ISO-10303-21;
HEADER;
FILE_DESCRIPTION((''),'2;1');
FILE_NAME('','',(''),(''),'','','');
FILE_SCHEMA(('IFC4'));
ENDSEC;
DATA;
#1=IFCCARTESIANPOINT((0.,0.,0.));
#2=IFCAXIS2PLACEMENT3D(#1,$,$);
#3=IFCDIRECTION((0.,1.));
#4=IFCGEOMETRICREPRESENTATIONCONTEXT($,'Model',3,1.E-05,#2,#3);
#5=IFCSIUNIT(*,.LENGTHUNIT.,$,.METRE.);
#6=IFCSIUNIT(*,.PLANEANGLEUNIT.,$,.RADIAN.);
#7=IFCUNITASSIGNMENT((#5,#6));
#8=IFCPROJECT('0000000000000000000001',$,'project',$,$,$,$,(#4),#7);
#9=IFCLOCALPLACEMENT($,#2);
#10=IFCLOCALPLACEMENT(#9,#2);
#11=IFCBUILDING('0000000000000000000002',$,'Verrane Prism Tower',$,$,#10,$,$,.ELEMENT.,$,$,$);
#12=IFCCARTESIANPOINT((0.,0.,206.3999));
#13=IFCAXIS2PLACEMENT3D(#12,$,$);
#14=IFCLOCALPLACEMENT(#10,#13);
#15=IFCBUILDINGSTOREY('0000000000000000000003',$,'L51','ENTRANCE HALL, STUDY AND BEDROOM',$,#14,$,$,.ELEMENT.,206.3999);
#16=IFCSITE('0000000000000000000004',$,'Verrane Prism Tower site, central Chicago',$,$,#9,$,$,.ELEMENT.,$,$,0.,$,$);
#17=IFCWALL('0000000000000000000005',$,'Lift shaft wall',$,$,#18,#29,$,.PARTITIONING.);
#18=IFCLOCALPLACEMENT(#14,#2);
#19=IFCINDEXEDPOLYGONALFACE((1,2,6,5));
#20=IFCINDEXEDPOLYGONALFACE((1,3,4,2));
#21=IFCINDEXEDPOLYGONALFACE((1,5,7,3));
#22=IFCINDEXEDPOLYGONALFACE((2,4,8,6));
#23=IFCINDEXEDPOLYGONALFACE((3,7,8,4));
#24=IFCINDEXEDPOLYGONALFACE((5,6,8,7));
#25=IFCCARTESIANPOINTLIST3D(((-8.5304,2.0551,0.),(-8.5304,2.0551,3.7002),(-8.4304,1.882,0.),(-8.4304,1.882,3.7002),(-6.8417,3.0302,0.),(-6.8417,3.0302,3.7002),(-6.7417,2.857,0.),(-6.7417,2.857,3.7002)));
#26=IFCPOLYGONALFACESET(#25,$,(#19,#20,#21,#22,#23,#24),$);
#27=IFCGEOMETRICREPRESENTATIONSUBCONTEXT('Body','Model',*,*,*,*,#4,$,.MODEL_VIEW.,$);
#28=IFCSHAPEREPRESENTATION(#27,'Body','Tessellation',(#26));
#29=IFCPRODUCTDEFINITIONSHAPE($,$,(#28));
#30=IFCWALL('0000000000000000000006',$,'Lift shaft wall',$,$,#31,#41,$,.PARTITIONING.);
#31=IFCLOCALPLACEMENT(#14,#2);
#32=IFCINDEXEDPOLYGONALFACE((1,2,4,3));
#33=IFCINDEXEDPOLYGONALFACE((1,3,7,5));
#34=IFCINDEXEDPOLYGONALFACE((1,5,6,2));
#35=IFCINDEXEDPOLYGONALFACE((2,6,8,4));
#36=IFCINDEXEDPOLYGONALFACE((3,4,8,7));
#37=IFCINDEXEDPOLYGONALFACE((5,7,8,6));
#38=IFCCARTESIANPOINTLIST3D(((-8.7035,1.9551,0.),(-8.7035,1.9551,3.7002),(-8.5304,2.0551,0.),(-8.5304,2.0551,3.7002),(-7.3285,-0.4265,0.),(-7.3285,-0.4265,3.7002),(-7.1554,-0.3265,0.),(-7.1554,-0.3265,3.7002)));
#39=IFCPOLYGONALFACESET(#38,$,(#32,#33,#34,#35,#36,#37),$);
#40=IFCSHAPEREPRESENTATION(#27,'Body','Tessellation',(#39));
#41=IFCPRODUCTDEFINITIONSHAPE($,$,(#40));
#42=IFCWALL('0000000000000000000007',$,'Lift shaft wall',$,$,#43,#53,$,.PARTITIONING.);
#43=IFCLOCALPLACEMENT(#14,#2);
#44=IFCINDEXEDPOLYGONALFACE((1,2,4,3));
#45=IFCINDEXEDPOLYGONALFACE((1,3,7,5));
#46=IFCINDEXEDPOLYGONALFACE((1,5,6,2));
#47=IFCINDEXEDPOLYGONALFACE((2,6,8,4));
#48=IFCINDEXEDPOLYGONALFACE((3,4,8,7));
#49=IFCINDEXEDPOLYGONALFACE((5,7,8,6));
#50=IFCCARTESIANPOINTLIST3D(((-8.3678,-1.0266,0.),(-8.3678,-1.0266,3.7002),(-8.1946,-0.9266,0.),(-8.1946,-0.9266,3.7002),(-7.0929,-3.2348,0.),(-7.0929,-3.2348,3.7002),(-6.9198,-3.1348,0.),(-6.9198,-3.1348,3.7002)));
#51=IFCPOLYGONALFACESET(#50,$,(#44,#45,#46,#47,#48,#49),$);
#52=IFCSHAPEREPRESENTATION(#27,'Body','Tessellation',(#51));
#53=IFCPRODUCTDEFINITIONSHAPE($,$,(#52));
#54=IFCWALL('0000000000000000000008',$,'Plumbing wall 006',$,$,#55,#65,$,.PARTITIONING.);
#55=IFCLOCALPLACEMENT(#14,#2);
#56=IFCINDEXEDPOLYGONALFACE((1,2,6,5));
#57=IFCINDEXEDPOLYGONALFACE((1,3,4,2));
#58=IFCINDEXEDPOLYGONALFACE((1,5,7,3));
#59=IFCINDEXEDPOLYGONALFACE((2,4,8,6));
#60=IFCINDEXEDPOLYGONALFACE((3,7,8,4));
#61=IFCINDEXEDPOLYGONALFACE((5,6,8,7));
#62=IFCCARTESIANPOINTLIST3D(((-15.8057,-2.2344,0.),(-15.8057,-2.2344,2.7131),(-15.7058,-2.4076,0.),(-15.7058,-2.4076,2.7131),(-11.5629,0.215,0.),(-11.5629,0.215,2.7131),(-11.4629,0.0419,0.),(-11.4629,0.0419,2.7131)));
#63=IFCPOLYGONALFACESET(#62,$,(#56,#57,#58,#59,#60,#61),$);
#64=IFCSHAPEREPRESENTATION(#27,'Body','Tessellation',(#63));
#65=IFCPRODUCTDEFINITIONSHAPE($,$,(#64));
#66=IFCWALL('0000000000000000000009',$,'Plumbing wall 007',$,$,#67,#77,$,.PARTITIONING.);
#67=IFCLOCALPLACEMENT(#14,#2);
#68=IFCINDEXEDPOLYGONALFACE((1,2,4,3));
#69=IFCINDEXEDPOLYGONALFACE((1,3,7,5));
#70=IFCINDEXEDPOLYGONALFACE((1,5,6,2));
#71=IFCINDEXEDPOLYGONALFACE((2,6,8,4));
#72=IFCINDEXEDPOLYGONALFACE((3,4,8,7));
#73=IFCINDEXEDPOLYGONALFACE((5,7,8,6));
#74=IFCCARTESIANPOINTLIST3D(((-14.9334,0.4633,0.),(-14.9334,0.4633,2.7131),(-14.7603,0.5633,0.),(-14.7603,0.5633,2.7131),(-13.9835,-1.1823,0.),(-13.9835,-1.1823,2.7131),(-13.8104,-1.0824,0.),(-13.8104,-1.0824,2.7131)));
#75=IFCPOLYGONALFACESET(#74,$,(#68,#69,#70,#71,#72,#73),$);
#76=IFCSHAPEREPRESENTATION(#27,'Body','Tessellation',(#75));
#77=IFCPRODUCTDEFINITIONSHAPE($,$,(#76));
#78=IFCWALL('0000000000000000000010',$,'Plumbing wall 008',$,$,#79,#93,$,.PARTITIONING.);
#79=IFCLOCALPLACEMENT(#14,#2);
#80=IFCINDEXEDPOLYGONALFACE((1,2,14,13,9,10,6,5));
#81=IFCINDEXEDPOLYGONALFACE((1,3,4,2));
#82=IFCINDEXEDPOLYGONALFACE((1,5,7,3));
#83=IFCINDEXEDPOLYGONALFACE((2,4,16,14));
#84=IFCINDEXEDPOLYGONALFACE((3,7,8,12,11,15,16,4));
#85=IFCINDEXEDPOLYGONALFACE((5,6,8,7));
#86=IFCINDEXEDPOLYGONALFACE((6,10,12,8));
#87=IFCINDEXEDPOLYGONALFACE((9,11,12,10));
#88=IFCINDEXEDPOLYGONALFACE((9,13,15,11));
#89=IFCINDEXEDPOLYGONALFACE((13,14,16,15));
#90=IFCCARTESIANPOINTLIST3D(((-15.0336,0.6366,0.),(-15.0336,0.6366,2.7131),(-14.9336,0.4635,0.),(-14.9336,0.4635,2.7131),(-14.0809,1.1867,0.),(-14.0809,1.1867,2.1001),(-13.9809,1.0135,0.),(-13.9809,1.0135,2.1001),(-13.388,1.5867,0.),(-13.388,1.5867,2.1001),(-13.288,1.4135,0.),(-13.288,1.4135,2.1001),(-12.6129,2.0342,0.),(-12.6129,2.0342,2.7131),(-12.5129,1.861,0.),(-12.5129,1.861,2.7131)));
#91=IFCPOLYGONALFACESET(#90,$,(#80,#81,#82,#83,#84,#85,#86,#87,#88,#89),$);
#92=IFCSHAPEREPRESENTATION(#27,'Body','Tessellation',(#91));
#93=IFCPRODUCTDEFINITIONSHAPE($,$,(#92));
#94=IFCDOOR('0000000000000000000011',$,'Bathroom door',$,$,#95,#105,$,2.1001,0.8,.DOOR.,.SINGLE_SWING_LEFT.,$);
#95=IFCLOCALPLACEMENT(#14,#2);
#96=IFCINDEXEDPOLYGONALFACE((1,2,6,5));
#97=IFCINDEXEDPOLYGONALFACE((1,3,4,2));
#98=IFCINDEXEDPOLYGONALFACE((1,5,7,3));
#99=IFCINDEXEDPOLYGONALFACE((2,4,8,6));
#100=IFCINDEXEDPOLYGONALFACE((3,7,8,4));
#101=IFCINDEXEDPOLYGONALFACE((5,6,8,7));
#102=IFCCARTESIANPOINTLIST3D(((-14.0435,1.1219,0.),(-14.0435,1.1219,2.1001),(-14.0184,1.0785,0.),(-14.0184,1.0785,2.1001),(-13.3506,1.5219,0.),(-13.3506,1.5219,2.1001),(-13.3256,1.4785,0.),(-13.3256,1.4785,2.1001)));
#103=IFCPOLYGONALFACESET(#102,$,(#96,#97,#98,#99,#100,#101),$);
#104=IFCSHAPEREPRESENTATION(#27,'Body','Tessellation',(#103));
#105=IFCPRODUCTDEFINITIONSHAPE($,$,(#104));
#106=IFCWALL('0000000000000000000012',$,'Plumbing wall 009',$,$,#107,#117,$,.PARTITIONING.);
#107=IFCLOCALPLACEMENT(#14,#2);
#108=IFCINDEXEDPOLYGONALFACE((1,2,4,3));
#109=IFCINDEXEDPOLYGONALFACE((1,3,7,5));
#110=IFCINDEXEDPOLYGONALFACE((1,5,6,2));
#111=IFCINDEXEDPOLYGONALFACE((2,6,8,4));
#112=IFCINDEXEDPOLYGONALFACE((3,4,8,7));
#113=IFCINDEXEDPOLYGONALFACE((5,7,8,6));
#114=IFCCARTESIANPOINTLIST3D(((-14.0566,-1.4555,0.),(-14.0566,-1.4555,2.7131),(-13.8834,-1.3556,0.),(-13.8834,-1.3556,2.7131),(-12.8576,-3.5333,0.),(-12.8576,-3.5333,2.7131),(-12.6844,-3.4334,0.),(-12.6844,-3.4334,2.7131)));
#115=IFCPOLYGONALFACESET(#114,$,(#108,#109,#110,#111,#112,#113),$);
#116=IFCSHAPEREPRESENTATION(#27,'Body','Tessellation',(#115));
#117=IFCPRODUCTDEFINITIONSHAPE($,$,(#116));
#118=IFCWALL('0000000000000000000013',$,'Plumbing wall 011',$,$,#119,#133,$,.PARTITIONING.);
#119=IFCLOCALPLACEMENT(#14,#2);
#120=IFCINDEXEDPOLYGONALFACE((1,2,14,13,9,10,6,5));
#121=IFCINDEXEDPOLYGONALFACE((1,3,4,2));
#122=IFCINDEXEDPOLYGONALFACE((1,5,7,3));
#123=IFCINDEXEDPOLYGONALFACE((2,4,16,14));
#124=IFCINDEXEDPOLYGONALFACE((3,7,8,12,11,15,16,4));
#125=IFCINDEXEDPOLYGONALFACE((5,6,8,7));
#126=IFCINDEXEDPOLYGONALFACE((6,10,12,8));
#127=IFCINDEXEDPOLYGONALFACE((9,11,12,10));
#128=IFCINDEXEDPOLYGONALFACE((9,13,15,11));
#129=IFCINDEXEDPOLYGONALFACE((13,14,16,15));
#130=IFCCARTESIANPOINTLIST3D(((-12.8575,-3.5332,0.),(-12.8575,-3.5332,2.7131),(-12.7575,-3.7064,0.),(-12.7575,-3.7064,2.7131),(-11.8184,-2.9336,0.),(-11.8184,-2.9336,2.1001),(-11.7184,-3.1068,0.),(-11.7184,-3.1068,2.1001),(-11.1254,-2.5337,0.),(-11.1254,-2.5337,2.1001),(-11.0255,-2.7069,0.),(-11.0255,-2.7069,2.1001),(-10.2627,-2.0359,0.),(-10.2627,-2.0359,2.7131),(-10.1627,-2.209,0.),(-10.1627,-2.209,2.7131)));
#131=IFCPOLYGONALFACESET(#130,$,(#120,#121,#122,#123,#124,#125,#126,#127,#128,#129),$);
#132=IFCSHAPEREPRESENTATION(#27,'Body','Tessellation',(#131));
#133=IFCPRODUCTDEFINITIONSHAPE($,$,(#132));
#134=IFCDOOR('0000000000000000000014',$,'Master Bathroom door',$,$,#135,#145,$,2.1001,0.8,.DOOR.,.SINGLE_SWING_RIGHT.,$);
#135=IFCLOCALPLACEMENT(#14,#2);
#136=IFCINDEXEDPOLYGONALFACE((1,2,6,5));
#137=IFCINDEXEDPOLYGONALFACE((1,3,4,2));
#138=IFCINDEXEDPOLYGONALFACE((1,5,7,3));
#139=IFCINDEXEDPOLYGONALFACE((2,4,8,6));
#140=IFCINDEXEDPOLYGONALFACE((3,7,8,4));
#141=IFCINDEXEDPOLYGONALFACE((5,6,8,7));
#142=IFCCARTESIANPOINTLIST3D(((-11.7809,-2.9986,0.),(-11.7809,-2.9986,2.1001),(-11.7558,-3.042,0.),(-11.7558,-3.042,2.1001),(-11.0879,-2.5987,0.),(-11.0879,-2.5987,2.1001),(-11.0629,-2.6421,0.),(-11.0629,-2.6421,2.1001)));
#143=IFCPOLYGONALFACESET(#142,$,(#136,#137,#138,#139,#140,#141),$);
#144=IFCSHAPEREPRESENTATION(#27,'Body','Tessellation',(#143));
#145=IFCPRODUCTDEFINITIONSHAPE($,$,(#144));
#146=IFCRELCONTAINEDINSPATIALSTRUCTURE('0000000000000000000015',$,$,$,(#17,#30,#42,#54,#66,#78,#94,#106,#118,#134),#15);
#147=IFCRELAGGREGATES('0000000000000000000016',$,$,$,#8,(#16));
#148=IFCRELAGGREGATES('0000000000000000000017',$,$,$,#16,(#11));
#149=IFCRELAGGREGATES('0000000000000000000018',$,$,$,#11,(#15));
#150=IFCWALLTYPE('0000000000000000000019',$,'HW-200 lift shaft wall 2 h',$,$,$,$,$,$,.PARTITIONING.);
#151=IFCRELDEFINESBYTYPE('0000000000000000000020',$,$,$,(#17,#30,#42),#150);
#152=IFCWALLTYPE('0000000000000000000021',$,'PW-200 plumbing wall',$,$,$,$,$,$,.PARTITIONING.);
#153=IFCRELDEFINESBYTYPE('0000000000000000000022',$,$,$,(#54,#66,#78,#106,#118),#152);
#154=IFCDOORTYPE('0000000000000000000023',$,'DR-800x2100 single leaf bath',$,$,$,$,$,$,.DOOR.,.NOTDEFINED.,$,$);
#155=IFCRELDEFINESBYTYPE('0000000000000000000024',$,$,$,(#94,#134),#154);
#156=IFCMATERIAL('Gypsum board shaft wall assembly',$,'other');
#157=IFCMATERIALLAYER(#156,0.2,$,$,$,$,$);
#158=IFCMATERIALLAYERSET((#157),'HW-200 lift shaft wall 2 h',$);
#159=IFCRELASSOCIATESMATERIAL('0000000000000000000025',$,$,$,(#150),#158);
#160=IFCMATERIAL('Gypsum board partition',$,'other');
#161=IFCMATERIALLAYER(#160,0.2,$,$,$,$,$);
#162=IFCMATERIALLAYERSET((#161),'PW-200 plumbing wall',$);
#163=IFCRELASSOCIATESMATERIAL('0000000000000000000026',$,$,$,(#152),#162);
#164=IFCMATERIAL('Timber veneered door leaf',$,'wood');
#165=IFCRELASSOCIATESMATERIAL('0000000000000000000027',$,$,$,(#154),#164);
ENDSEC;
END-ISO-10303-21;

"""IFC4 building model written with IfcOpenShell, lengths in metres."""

from ifc_helpers import new_model, si_unit, direction, frame, frame_2d, origin, place, context, subcontext, project, spatial, rectangle, extrude, material, layer, layer_set, type_object, element, fill, save


model = new_model("IFC4")

# Units and contexts
model_context = context("Model", 3, precision=1e-05, world=origin(), true_north=direction((0.0, 1.0)))
body_context = subcontext(model_context, "Body", "Model", "MODEL_VIEW")
ifc_project = project(units=[si_unit("LENGTHUNIT", "METRE"), si_unit("PLANEANGLEUNIT", "RADIAN")], contexts=[model_context])

# Site, building, storey
site_placement = place(None, origin())
site = spatial("IfcSite", under=ifc_project, at=site_placement, Name="Verrane Prism Tower site, central Chicago", CompositionType="ELEMENT", RefElevation=0.0)
building_placement = place(site_placement, origin())
building = spatial("IfcBuilding", under=site, at=building_placement, Name="Verrane Prism Tower", CompositionType="ELEMENT")
storey_placement = place(building_placement, frame((0.0, 0.0, 206.3999)))
storey = spatial("IfcBuildingStorey", under=building, at=storey_placement, Name="L51", Description="ENTRANCE HALL, STUDY AND BEDROOM", CompositionType="ELEMENT", Elevation=206.3999)

# Walls
ifc_material_1 = material(Name="Gypsum board shaft wall assembly", Category="other")
ifc_layer_1 = layer(ifc_material_1, 0.2)
ifc_layer_set_1 = layer_set([ifc_layer_1], Name="HW-200 lift shaft wall 2 h")
wall_type_1 = type_object("IfcWallType", Name="HW-200 lift shaft wall 2 h", PredefinedType="PARTITIONING", material=ifc_layer_set_1)
wall_1_placement = place(storey_placement, frame((-8.4805, 1.9685, 0.0), z_axis=(0.0, 0.0, 1.0), x_axis=(0.866, 0.500044, 0.0)))
element("IfcWall", 1, at=wall_1_placement, inside=storey, type_object=wall_type_1, Name="Lift shaft wall", PredefinedType="PARTITIONING", context=body_context, shape_type="SweptSolid", body=[
    extrude(rectangle(XDim=1.95, YDim=0.2, at=frame_2d((0.9751, 0.0))), origin(), (0.0, 0.0, 1.0), 3.7002),
])
wall_2_placement = place(storey_placement, frame((-7.2419, -0.3765, 0.0), z_axis=(0.0, 0.0, 1.0), x_axis=(-0.499997, 0.866027, 0.0)))
element("IfcWall", 2, at=wall_2_placement, inside=storey, type_object=wall_type_1, Name="Lift shaft wall", PredefinedType="PARTITIONING", context=body_context, shape_type="SweptSolid", body=[
    extrude(rectangle(XDim=2.75, YDim=0.2, at=frame_2d((1.375, 0.0))), origin(), (0.0, 0.0, 1.0), 3.7002),
])
wall_3_placement = place(storey_placement, frame((-7.0063, -3.1848, 0.0), z_axis=(0.0, 0.0, 1.0), x_axis=(-0.49999, 0.866031, 0.0)))
element("IfcWall", 3, at=wall_3_placement, inside=storey, type_object=wall_type_1, Name="Lift shaft wall", PredefinedType="PARTITIONING", context=body_context, shape_type="SweptSolid", body=[
    extrude(rectangle(XDim=2.5498, YDim=0.2, at=frame_2d((1.2749, 0.0))), origin(), (0.0, 0.0, 1.0), 3.7002),
])
ifc_material_2 = material(Name="Gypsum board partition", Category="other")
ifc_layer_2 = layer(ifc_material_2, 0.2)
ifc_layer_set_2 = layer_set([ifc_layer_2], Name="PW-200 plumbing wall")
wall_type_2 = type_object("IfcWallType", Name="PW-200 plumbing wall", PredefinedType="PARTITIONING", material=ifc_layer_set_2)
wall_4_placement = place(storey_placement, frame((-15.7559, -2.321, 0.0), z_axis=(0.0, 0.0, 1.0), x_axis=(0.866042, 0.499971, 0.0)))
element("IfcWall", 4, at=wall_4_placement, inside=storey, type_object=wall_type_2, Name="Plumbing wall 006", PredefinedType="PARTITIONING", context=body_context, shape_type="SweptSolid", body=[
    extrude(rectangle(XDim=4.8992, YDim=0.2, at=frame_2d((2.4497, 0.0))), origin(), (0.0, 0.0, 1.0), 2.7131),
])
wall_5_placement = place(storey_placement, frame((-14.8469, 0.5134, 0.0), z_axis=(0.0, 0.0, 1.0), x_axis=(0.499912, -0.866076, 0.0)))
element("IfcWall", 5, at=wall_5_placement, inside=storey, type_object=wall_type_2, Name="Plumbing wall 007", PredefinedType="PARTITIONING", context=body_context, shape_type="SweptSolid", body=[
    extrude(rectangle(XDim=1.9001, YDim=0.2, at=frame_2d((0.9502, 0.0))), origin(), (0.0, 0.0, 1.0), 2.7131),
])

# Wall, opening, door
wall_6_placement = place(storey_placement, frame((-12.563, 1.9475, 0.0), z_axis=(0.0, 0.0, 1.0), x_axis=(-0.866042, -0.499972, 0.0)))
wall_6 = element("IfcWall", 6, at=wall_6_placement, inside=storey, type_object=wall_type_2, Name="Plumbing wall 008", PredefinedType="PARTITIONING", context=body_context, shape_type="SweptSolid", body=[
    extrude(rectangle(XDim=2.7952, YDim=0.2, at=frame_2d((1.3975, 0.0))), origin(), (0.0, 0.0, 1.0), 2.7131),
])
opening_1_placement = place(wall_6_placement, frame((0.895, 0.0, 0.0)))
opening_1 = element("IfcOpeningElement", 7, at=opening_1_placement, cuts=wall_6, PredefinedType="OPENING", context=body_context, shape_type="SweptSolid", body=[
    extrude(rectangle(XDim=0.8, YDim=2.1001, at=frame_2d((0.3999, 1.05))), frame((0.0, 0.1099, 0.0), z_axis=(0.0, -1.0, 0.0), x_axis=(1.0, 0.0, 0.0)), (0.0, 0.0, 1.0), 0.22),
])
ifc_material_3 = material(Name="Timber veneered door leaf", Category="wood")
door_type = type_object("IfcDoorType", Name="DR-800x2100 single leaf bath", OperationType="NOTDEFINED", PredefinedType="DOOR", material=ifc_material_3)
door_1_placement = place(opening_1_placement, origin())
door_1 = element("IfcDoor", 8, at=door_1_placement, inside=storey, type_object=door_type, Name="Bathroom door", OperationType="SINGLE_SWING_LEFT", OverallHeight=2.1001, OverallWidth=0.8, PredefinedType="DOOR", context=body_context, shape_type="SweptSolid", body=[
    extrude(rectangle(XDim=0.8, YDim=2.1001, at=frame_2d((0.3999, 1.05))), frame((0.0, 0.0249, 0.0), z_axis=(0.0, -1.0, 0.0), x_axis=(1.0, 0.0, 0.0)), (0.0, 0.0, 1.0), 0.05),
])
fill(opening_1, door_1)

# Wall
wall_7_placement = place(storey_placement, frame((-13.97, -1.4055, 0.0), z_axis=(0.0, 0.0, 1.0), x_axis=(0.499784, -0.86615, 0.0)))
element("IfcWall", 9, at=wall_7_placement, inside=storey, type_object=wall_type_2, Name="Plumbing wall 009", PredefinedType="PARTITIONING", context=body_context, shape_type="SweptSolid", body=[
    extrude(rectangle(XDim=2.3989, YDim=0.2, at=frame_2d((1.1995, 0.0))), origin(), (0.0, 0.0, 1.0), 2.7131),
])

# Wall, opening, door
wall_8_placement = place(storey_placement, frame((-12.8076, -3.6199, 0.0), z_axis=(0.0, 0.0, 1.0), x_axis=(0.866134, 0.499812, 0.0)))
wall_8 = element("IfcWall", 10, at=wall_8_placement, inside=storey, type_object=wall_type_2, Name="Plumbing wall 011", PredefinedType="PARTITIONING", context=body_context, shape_type="SweptSolid", body=[
    extrude(rectangle(XDim=2.9958, YDim=0.2, at=frame_2d((1.498, 0.0))), origin(), (0.0, 0.0, 1.0), 2.7131),
])
opening_2_placement = place(wall_8_placement, frame((1.2, 0.0, 0.0)))
opening_2 = element("IfcOpeningElement", 11, at=opening_2_placement, cuts=wall_8, PredefinedType="OPENING", context=body_context, shape_type="SweptSolid", body=[
    extrude(rectangle(XDim=0.8, YDim=2.1001, at=frame_2d((0.3999, 1.05))), frame((0.0, 0.1099, 0.0), z_axis=(0.0, -1.0, 0.0), x_axis=(1.0, 0.0, 0.0)), (0.0, 0.0, 1.0), 0.22),
])
door_2_placement = place(opening_2_placement, origin())
door_2 = element("IfcDoor", 12, at=door_2_placement, inside=storey, type_object=door_type, Name="Master Bathroom door", OperationType="SINGLE_SWING_RIGHT", OverallHeight=2.1001, OverallWidth=0.8, PredefinedType="DOOR", context=body_context, shape_type="SweptSolid", body=[
    extrude(rectangle(XDim=0.8, YDim=2.1001, at=frame_2d((0.3999, 1.05))), frame((0.0, 0.0249, 0.0), z_axis=(0.0, -1.0, 0.0), x_axis=(1.0, 0.0, 0.0)), (0.0, 0.0, 1.0), 0.05),
])
fill(opening_2, door_2)

save(model, "model.ifc")
